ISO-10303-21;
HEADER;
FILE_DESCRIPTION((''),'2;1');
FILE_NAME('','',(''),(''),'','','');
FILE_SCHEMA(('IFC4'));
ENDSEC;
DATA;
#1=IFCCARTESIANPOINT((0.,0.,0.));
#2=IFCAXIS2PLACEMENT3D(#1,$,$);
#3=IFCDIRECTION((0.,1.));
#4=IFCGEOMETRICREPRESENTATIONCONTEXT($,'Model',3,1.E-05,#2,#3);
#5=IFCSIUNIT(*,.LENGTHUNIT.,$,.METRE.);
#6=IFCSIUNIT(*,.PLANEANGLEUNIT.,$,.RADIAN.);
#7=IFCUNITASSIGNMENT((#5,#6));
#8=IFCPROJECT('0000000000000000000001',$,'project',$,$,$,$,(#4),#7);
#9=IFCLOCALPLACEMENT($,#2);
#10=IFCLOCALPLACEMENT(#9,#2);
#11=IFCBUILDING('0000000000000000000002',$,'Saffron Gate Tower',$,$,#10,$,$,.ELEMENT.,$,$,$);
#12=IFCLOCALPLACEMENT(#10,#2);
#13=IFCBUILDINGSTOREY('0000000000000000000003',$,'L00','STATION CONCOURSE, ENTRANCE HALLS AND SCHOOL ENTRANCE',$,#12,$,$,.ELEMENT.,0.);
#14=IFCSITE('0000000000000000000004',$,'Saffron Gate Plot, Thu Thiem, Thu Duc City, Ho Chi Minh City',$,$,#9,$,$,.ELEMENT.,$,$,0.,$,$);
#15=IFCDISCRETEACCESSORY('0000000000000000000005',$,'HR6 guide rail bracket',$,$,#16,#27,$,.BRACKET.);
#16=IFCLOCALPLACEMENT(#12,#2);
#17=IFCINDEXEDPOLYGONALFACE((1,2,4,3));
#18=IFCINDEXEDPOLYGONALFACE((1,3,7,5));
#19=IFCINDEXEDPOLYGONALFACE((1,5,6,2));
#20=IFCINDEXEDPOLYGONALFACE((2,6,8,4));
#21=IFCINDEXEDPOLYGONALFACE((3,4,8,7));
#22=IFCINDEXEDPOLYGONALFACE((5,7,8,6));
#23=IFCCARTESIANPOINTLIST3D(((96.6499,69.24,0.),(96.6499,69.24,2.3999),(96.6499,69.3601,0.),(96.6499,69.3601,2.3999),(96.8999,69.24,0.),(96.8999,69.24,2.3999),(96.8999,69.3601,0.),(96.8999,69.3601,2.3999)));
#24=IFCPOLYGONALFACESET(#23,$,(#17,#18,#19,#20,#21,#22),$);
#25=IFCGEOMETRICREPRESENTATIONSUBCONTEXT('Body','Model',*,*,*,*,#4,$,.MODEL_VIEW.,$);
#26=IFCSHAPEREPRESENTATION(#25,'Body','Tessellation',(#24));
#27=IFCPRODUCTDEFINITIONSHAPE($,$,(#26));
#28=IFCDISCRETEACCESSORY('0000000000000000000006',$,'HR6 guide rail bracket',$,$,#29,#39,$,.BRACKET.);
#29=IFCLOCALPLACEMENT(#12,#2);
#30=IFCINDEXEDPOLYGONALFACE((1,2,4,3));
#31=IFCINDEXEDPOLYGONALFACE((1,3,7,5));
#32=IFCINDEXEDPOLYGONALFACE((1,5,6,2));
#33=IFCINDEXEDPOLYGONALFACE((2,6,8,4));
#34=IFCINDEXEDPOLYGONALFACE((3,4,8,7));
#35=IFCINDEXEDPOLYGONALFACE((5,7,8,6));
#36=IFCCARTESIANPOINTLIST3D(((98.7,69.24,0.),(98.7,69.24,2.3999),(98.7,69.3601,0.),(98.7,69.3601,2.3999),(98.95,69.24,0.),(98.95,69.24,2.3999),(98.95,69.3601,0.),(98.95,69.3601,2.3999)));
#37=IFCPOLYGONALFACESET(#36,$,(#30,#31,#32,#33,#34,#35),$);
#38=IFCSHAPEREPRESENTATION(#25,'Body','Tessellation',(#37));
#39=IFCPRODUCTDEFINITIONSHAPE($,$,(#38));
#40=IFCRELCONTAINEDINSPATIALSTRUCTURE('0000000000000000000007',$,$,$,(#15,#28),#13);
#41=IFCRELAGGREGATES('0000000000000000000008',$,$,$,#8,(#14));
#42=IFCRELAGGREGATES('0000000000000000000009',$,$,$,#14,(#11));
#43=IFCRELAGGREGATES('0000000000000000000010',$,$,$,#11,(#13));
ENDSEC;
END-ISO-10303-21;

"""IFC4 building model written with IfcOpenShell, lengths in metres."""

from ifc_helpers import new_model, si_unit, direction, frame, origin, origin_2d, place, context, subcontext, project, spatial, rectangle, extrude, element, save


model = new_model("IFC4")

# Units and contexts
model_context = context("Model", 3, precision=1e-05, world=origin(), true_north=direction((0.0, 1.0)))
body_context = subcontext(model_context, "Body", "Model", "MODEL_VIEW")
ifc_project = project(units=[si_unit("LENGTHUNIT", "METRE"), si_unit("PLANEANGLEUNIT", "RADIAN")], contexts=[model_context])

# Site, building, storey
site_placement = place(None, origin())
site = spatial("IfcSite", under=ifc_project, at=site_placement, Name="Saffron Gate Plot, Thu Thiem, Thu Duc City, Ho Chi Minh City", CompositionType="ELEMENT", RefElevation=0.0)
building_placement = place(site_placement, origin())
building = spatial("IfcBuilding", under=site, at=building_placement, Name="Saffron Gate Tower", CompositionType="ELEMENT")
storey_placement = place(building_placement, origin())
storey = spatial("IfcBuildingStorey", under=building, at=storey_placement, Name="L00", Description="STATION CONCOURSE, ENTRANCE HALLS AND SCHOOL ENTRANCE", CompositionType="ELEMENT", Elevation=0.0)

# Discrete accessories
for number, where, z_axis, x_axis, name in (
    (1, (96.7749, 69.3, 0.0), (0.0, 0.0, 1.0), (1.0, 0.0, 0.0), "HR6 guide rail bracket"),
    (2, (98.825, 69.3, 0.0), (0.0, 0.0, 1.0), (1.0, 0.0, 0.0), "HR6 guide rail bracket"),
):
    element("IfcDiscreteAccessory", number, at=place(storey_placement, frame(where, z_axis=z_axis, x_axis=x_axis)), inside=storey, Name=name, PredefinedType="BRACKET", context=body_context, shape_type="SweptSolid", body=[
        extrude(rectangle(XDim=0.25, YDim=0.1201, at=origin_2d()), origin(), (0.0, 0.0, 1.0), 2.3999),
    ])

save(model, "model.ifc")
